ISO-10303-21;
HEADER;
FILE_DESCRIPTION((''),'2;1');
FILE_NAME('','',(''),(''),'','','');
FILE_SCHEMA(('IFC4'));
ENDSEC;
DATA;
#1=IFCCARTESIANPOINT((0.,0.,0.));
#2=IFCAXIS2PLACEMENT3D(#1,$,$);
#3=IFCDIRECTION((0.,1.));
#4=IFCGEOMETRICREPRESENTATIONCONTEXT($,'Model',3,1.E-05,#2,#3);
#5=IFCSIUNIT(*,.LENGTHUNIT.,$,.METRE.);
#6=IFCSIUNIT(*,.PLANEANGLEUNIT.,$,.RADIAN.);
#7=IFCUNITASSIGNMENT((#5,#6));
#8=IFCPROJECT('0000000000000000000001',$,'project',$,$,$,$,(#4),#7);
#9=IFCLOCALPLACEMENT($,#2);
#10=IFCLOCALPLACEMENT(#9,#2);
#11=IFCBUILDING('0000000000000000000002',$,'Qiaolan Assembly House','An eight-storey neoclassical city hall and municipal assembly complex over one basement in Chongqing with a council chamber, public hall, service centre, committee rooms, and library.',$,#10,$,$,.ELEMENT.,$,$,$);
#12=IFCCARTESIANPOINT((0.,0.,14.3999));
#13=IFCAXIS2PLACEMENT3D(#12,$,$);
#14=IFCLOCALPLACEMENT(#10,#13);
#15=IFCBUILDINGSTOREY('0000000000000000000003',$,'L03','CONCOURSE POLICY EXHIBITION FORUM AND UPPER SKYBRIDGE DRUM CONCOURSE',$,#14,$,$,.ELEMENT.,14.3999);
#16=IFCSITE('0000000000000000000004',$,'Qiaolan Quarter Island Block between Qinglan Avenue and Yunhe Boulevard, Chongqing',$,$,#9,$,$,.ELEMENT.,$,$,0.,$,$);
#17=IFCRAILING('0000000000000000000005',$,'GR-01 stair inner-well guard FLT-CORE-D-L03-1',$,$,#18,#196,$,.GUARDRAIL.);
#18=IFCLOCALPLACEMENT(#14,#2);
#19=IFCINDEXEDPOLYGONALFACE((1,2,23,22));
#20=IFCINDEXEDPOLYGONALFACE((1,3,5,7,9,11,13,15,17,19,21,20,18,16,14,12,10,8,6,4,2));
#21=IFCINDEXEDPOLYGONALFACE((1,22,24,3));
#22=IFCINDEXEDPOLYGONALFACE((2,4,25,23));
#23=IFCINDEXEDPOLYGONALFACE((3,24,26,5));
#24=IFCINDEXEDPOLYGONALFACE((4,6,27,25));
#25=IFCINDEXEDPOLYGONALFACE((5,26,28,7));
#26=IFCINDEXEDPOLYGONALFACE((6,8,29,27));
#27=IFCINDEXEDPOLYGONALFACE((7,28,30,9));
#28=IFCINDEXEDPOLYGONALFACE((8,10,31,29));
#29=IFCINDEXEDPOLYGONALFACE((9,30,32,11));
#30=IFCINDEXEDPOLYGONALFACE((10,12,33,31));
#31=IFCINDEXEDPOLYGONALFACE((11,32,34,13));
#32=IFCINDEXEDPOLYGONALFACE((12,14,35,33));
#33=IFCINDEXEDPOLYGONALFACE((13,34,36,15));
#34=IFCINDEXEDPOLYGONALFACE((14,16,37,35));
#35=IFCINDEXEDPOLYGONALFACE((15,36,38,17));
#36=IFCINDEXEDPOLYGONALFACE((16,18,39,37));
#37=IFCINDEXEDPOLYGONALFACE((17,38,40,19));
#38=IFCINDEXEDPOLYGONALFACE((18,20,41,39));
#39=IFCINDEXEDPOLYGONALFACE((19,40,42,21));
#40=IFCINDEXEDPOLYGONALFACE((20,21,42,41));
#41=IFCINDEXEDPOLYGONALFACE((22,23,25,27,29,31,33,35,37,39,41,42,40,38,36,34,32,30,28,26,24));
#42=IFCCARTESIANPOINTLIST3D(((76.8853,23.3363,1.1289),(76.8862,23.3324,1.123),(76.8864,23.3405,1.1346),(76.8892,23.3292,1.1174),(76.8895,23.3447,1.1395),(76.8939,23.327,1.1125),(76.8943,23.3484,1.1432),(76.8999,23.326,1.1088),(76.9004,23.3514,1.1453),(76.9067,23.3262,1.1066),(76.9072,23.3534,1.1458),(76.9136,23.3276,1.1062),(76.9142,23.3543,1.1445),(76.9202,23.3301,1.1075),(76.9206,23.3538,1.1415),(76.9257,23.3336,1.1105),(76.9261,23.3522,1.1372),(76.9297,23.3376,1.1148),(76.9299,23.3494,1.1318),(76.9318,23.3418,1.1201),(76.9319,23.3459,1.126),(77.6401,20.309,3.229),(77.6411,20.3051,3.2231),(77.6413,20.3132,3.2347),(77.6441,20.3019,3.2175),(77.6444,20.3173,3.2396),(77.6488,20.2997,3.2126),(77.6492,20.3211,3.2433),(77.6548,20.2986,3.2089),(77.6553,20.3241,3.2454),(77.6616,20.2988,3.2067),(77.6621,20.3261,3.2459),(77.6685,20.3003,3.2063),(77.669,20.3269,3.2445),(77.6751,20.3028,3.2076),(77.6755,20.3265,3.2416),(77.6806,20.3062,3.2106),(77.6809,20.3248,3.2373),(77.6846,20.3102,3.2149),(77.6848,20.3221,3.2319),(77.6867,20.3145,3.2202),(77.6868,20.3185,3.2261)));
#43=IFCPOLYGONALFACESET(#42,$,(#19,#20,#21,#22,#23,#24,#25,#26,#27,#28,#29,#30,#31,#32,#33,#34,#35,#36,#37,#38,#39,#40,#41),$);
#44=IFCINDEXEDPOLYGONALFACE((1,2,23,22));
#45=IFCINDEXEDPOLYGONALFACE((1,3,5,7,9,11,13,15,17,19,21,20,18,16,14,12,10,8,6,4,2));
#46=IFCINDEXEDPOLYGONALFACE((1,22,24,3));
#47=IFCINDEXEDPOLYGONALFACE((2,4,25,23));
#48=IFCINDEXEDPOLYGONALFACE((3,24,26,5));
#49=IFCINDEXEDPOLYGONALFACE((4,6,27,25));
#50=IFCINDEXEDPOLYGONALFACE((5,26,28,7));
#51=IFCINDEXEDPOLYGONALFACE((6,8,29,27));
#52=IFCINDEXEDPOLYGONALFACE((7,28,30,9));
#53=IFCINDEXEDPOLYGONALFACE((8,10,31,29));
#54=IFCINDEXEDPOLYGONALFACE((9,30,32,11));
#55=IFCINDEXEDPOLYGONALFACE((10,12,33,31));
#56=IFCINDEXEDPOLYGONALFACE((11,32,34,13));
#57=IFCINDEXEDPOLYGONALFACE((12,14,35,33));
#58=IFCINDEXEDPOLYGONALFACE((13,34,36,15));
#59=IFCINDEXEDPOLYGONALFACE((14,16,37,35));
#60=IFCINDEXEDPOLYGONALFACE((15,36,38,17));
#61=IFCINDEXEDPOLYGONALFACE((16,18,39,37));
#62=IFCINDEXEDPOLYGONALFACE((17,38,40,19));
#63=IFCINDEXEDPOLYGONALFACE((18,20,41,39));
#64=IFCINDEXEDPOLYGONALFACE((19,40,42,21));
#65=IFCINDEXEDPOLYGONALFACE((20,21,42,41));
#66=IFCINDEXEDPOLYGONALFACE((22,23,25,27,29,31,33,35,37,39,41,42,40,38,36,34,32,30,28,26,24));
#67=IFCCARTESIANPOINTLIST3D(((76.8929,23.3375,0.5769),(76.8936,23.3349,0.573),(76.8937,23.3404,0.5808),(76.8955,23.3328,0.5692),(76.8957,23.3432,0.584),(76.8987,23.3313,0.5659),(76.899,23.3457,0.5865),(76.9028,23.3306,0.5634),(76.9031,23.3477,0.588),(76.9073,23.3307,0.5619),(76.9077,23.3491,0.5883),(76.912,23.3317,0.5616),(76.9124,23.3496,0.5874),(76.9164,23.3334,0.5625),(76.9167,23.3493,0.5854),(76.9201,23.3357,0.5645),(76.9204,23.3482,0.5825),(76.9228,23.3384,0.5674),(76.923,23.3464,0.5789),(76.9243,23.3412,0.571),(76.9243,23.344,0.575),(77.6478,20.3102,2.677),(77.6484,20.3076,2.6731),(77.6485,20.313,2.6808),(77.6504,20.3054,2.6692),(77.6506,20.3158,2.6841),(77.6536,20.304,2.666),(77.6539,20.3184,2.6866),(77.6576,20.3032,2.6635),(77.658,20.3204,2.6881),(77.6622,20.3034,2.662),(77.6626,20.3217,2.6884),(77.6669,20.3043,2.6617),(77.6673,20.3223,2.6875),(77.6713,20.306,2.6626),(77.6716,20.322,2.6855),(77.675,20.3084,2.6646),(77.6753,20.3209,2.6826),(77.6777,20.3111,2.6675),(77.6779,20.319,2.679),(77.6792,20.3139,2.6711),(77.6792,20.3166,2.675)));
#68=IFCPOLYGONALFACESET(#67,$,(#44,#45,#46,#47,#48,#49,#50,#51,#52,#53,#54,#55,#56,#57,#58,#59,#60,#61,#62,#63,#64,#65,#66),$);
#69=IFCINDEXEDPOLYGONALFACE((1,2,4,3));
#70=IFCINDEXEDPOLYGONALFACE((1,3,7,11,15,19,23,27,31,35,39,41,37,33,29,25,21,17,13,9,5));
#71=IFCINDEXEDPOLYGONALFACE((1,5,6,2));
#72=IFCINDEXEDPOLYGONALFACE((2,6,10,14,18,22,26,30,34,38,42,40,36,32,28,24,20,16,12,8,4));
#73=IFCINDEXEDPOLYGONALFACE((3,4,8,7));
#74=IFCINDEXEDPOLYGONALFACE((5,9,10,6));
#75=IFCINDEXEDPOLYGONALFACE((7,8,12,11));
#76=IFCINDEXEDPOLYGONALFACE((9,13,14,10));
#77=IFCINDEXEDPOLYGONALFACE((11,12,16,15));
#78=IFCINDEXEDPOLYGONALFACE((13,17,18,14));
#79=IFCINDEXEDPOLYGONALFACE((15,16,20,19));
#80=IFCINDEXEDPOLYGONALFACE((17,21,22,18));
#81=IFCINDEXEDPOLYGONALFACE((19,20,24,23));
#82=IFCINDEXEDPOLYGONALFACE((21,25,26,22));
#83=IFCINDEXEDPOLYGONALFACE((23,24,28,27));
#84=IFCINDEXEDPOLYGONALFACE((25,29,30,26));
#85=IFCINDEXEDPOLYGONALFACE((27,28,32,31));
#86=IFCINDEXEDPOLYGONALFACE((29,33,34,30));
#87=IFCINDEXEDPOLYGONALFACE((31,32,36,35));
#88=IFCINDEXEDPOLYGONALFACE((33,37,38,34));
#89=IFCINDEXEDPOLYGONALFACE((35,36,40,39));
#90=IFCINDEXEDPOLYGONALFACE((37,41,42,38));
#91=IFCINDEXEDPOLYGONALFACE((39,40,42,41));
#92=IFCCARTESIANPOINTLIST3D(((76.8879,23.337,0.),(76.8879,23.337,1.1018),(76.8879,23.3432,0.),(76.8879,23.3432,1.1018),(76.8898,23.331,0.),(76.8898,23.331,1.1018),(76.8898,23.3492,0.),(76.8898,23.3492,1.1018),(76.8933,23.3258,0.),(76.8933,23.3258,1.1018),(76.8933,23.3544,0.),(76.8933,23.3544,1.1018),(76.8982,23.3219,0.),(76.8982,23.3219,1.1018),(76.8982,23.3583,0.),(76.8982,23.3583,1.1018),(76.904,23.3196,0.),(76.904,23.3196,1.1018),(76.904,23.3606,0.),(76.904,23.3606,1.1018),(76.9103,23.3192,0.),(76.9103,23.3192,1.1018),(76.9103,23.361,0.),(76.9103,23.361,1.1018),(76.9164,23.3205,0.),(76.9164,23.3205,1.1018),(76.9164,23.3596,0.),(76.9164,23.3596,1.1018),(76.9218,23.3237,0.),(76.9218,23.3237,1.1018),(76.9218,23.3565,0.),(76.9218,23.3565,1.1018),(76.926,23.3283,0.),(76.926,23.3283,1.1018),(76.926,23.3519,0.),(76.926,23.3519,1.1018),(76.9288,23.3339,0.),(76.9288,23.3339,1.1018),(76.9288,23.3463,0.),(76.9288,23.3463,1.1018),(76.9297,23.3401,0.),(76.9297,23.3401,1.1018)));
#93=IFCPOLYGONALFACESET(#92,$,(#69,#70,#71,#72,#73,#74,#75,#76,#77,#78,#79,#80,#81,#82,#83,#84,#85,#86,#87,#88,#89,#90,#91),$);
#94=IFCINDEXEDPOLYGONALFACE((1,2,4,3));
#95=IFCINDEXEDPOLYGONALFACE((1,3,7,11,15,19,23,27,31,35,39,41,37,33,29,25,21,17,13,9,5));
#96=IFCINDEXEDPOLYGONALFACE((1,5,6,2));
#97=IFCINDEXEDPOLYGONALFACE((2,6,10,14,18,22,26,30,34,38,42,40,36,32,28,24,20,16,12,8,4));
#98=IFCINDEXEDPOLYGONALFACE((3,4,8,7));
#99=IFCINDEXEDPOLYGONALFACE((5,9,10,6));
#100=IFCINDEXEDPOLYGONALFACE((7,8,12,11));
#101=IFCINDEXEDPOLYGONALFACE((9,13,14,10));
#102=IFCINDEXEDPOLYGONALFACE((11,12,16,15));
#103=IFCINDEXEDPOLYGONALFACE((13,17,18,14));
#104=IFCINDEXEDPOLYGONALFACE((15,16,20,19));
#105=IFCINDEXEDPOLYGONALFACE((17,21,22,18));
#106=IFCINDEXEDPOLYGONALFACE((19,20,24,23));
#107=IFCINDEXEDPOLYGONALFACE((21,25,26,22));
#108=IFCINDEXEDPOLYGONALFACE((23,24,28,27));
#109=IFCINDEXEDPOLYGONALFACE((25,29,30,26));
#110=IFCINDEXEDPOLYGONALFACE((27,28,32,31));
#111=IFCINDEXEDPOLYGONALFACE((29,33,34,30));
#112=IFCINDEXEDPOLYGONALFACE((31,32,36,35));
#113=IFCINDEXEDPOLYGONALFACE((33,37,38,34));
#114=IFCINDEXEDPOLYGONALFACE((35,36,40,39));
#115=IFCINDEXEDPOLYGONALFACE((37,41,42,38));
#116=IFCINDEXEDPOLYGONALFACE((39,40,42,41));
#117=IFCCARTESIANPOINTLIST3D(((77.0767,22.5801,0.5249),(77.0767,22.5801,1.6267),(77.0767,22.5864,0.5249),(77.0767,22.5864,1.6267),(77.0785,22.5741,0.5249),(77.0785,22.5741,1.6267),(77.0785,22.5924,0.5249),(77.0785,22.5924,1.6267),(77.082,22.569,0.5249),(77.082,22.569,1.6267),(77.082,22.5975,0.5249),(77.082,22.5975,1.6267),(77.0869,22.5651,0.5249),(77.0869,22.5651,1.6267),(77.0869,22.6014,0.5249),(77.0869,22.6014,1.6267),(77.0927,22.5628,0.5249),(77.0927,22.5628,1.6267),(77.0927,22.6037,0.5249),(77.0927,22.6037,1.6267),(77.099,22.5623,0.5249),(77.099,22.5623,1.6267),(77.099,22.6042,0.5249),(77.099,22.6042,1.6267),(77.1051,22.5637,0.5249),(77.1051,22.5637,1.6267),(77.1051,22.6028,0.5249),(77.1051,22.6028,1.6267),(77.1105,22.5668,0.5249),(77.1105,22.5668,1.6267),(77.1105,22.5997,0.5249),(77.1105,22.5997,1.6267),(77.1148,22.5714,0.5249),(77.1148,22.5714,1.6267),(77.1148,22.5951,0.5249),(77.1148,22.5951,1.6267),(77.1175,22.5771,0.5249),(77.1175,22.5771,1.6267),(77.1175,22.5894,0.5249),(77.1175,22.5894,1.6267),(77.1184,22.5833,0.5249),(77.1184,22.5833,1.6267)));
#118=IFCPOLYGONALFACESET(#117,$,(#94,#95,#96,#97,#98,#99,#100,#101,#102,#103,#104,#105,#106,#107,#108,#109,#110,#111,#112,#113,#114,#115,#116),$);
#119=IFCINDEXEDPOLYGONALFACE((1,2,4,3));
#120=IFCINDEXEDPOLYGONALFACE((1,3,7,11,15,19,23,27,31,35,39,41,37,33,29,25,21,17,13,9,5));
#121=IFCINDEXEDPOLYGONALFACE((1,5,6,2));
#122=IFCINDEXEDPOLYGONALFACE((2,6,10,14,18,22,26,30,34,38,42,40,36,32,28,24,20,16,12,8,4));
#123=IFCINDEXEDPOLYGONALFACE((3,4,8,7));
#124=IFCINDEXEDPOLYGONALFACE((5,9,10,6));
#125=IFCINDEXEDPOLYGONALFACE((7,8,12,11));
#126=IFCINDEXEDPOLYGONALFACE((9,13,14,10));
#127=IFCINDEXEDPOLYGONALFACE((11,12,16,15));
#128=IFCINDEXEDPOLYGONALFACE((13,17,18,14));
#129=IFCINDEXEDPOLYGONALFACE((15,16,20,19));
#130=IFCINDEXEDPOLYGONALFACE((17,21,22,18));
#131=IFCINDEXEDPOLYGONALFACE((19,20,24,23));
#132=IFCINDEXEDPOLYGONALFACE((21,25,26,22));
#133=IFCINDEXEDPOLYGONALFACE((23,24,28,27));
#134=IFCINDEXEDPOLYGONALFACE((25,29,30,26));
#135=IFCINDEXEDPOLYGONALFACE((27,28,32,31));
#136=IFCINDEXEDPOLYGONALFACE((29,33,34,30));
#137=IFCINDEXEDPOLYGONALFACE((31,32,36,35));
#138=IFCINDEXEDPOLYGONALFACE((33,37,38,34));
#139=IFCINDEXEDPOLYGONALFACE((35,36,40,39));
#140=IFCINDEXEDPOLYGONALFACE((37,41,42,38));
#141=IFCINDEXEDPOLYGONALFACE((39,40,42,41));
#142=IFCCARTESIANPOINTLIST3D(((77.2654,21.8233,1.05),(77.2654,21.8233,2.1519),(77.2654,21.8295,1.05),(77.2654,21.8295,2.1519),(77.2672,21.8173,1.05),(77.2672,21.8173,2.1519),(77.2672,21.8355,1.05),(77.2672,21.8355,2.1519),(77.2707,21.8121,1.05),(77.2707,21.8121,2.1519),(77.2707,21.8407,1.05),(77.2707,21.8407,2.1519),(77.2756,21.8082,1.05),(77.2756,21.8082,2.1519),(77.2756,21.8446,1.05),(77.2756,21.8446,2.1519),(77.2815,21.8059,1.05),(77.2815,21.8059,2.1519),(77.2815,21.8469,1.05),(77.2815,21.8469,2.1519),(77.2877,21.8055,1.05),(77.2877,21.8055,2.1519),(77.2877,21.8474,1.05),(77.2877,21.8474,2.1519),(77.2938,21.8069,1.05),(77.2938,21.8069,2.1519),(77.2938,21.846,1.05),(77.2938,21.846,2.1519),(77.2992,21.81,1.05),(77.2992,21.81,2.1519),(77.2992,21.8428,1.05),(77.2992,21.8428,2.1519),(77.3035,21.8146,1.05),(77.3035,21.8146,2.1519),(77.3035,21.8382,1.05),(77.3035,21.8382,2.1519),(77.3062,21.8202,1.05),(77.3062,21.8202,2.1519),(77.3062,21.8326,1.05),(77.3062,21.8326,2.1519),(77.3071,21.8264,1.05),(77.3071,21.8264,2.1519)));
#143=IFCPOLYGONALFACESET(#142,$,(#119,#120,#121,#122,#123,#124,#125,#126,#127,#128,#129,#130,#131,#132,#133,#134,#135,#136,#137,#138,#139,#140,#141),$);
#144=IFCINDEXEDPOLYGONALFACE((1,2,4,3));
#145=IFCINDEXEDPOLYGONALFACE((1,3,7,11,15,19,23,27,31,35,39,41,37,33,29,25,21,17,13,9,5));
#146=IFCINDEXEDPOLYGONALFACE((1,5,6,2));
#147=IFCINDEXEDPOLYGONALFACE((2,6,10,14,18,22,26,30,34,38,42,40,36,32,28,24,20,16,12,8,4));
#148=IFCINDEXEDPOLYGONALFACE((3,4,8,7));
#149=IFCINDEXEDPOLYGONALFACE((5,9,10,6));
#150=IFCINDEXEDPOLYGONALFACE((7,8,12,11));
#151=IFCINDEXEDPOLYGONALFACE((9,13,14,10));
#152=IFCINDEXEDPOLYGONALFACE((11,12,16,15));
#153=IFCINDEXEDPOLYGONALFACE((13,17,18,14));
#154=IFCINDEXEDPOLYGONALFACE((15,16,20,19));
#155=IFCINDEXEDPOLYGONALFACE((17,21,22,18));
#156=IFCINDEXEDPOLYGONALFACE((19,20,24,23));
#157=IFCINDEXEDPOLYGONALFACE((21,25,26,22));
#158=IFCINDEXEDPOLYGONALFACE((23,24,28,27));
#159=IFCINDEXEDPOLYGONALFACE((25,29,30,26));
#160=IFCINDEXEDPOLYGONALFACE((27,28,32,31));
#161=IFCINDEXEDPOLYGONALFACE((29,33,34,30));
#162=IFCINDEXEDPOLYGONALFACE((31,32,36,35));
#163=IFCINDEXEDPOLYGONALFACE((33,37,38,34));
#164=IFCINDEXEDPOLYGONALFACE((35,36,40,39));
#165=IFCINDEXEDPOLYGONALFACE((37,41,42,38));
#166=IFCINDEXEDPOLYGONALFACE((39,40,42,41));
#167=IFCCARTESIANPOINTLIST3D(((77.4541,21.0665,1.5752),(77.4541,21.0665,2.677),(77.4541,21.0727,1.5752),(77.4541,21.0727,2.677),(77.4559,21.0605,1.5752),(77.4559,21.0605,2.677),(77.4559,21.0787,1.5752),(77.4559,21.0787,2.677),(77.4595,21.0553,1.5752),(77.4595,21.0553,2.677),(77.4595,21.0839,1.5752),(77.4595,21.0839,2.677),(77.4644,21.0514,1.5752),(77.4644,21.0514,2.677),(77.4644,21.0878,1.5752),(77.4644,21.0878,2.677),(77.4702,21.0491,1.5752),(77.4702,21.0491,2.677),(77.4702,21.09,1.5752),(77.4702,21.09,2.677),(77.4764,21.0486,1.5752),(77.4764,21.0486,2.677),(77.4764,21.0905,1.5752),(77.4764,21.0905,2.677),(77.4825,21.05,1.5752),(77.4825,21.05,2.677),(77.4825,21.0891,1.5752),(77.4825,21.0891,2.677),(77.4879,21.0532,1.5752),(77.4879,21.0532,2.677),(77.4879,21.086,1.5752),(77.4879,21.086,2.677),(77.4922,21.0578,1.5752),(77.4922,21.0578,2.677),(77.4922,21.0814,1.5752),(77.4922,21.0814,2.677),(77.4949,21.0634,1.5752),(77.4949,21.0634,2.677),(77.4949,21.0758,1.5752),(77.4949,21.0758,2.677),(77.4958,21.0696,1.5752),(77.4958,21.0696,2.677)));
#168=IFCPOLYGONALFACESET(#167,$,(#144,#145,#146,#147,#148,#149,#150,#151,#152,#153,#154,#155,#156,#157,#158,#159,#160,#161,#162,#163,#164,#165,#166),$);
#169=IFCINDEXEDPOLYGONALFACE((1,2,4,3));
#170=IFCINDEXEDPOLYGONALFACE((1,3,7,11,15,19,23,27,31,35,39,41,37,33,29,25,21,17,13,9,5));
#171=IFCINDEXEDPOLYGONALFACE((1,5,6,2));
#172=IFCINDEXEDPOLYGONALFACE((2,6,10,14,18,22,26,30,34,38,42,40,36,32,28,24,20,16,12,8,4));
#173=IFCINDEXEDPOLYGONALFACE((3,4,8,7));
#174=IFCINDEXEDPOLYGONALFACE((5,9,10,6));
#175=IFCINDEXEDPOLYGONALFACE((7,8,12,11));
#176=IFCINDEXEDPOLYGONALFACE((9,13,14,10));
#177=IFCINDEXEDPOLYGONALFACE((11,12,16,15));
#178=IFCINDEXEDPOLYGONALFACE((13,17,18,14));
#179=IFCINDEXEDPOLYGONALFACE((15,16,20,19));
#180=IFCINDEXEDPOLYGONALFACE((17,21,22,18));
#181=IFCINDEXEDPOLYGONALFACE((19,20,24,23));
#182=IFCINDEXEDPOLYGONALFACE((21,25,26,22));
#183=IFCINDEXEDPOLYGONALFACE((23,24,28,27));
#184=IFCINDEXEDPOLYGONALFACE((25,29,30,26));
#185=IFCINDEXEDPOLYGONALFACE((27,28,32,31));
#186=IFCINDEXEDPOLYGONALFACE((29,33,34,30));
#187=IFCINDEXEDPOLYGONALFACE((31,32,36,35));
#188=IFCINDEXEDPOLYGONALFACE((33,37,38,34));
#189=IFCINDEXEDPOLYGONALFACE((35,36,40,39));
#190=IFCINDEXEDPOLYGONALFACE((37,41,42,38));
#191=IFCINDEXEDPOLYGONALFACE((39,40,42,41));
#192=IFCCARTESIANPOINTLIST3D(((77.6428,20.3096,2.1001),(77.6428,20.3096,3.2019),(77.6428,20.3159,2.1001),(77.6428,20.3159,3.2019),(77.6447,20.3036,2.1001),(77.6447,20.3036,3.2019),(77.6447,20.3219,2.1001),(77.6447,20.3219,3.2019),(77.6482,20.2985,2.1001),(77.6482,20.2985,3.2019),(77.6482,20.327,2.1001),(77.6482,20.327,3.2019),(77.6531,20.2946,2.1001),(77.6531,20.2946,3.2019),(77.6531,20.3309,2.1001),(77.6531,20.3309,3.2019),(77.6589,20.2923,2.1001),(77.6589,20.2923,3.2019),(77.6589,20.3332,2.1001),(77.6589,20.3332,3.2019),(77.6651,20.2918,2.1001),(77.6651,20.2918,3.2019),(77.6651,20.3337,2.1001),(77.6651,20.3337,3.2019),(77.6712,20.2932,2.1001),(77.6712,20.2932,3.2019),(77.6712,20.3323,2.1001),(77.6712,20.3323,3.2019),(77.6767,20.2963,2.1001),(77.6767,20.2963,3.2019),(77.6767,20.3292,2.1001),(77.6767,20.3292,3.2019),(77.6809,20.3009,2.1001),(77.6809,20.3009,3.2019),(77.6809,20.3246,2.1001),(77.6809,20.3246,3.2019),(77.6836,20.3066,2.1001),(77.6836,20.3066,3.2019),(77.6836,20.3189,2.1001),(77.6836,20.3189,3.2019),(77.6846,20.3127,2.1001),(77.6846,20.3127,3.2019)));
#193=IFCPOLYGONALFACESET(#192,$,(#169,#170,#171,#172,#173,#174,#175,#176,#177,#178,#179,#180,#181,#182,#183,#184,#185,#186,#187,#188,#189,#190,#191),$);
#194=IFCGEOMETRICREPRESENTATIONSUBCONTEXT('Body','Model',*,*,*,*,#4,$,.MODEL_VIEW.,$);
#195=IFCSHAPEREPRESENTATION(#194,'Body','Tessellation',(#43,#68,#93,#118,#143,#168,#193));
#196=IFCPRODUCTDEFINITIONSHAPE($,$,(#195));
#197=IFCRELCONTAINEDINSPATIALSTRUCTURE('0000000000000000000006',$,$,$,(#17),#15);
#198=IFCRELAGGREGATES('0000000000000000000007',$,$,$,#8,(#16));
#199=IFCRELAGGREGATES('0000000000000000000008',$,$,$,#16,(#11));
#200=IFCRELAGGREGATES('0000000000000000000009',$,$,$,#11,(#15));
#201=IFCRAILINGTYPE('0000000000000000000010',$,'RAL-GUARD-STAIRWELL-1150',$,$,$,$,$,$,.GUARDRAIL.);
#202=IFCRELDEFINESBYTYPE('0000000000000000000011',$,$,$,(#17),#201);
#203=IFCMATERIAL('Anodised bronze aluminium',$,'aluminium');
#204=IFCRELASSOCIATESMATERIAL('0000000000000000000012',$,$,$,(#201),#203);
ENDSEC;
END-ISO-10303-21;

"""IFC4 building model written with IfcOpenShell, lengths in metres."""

from ifc_helpers import new_model, si_unit, direction, frame, origin, origin_2d, place, context, subcontext, project, spatial, circle, extrude, material, type_object, element, save


model = new_model("IFC4")

# Units and contexts
model_context = context("Model", 3, precision=1e-05, world=origin(), true_north=direction((0.0, 1.0)))
body_context = subcontext(model_context, "Body", "Model", "MODEL_VIEW")
ifc_project = project(units=[si_unit("LENGTHUNIT", "METRE"), si_unit("PLANEANGLEUNIT", "RADIAN")], contexts=[model_context])

# Site, building, storey
site_placement = place(None, origin())
site = spatial("IfcSite", under=ifc_project, at=site_placement, Name="Qiaolan Quarter Island Block between Qinglan Avenue and Yunhe Boulevard, Chongqing", CompositionType="ELEMENT", RefElevation=0.0)
building_placement = place(site_placement, origin())
building = spatial("IfcBuilding", under=site, at=building_placement, Name="Qiaolan Assembly House", Description="An eight-storey neoclassical city hall and municipal assembly complex over one basement in Chongqing with a council chamber, public hall, service centre, committee rooms, and library.", CompositionType="ELEMENT")
storey_placement = place(building_placement, frame((0.0, 0.0, 14.3999)))
storey = spatial("IfcBuildingStorey", under=building, at=storey_placement, Name="L03", Description="CONCOURSE POLICY EXHIBITION FORUM AND UPPER SKYBRIDGE DRUM CONCOURSE", CompositionType="ELEMENT", Elevation=14.3999)

# Railing
ifc_material_1 = material(Name="Anodised bronze aluminium", Category="aluminium")
railing_type_1 = type_object("IfcRailingType", Name="RAL-GUARD-STAIRWELL-1150", PredefinedType="GUARDRAIL", material=ifc_material_1)
railing_1_placement = place(storey_placement, frame((76.9087, 23.3401, 0.0)))
element("IfcRailing", 1, at=railing_1_placement, inside=storey, type_object=railing_type_1, Name="GR-01 stair inner-well guard FLT-CORE-D-L03-1", PredefinedType="GUARDRAIL", context=body_context, shape_type="SweptSolid", body=[
    extrude(circle(Radius=0.0239, at=origin_2d()), frame((0.0, 0.0, 1.126), z_axis=(0.200714, -0.804932, 0.558389), x_axis=(0.97029, 0.241946, 0.0)), (0.0, 0.0, 1.0), 3.761),
    extrude(circle(Radius=0.0161, at=origin_2d()), frame((0.0, 0.0, 0.575), z_axis=(0.200714, -0.804932, 0.558389), x_axis=(0.97029, 0.241946, 0.0)), (0.0, 0.0, 1.0), 3.761),
    extrude(circle(Radius=0.021, at=origin_2d()), origin(), (0.0, 0.0, 1.0), 1.1018),
    extrude(circle(Radius=0.021, at=origin_2d()), frame((0.1887, -0.7568, 0.5249)), (0.0, 0.0, 1.0), 1.1018),
    extrude(circle(Radius=0.021, at=origin_2d()), frame((0.3774, -1.5137, 1.05)), (0.0, 0.0, 1.0), 1.1018),
    extrude(circle(Radius=0.021, at=origin_2d()), frame((0.5662, -2.2705, 1.5752)), (0.0, 0.0, 1.0), 1.1018),
    extrude(circle(Radius=0.021, at=origin_2d()), frame((0.7549, -3.0273, 2.1001)), (0.0, 0.0, 1.0), 1.1018),
])

save(model, "model.ifc")
